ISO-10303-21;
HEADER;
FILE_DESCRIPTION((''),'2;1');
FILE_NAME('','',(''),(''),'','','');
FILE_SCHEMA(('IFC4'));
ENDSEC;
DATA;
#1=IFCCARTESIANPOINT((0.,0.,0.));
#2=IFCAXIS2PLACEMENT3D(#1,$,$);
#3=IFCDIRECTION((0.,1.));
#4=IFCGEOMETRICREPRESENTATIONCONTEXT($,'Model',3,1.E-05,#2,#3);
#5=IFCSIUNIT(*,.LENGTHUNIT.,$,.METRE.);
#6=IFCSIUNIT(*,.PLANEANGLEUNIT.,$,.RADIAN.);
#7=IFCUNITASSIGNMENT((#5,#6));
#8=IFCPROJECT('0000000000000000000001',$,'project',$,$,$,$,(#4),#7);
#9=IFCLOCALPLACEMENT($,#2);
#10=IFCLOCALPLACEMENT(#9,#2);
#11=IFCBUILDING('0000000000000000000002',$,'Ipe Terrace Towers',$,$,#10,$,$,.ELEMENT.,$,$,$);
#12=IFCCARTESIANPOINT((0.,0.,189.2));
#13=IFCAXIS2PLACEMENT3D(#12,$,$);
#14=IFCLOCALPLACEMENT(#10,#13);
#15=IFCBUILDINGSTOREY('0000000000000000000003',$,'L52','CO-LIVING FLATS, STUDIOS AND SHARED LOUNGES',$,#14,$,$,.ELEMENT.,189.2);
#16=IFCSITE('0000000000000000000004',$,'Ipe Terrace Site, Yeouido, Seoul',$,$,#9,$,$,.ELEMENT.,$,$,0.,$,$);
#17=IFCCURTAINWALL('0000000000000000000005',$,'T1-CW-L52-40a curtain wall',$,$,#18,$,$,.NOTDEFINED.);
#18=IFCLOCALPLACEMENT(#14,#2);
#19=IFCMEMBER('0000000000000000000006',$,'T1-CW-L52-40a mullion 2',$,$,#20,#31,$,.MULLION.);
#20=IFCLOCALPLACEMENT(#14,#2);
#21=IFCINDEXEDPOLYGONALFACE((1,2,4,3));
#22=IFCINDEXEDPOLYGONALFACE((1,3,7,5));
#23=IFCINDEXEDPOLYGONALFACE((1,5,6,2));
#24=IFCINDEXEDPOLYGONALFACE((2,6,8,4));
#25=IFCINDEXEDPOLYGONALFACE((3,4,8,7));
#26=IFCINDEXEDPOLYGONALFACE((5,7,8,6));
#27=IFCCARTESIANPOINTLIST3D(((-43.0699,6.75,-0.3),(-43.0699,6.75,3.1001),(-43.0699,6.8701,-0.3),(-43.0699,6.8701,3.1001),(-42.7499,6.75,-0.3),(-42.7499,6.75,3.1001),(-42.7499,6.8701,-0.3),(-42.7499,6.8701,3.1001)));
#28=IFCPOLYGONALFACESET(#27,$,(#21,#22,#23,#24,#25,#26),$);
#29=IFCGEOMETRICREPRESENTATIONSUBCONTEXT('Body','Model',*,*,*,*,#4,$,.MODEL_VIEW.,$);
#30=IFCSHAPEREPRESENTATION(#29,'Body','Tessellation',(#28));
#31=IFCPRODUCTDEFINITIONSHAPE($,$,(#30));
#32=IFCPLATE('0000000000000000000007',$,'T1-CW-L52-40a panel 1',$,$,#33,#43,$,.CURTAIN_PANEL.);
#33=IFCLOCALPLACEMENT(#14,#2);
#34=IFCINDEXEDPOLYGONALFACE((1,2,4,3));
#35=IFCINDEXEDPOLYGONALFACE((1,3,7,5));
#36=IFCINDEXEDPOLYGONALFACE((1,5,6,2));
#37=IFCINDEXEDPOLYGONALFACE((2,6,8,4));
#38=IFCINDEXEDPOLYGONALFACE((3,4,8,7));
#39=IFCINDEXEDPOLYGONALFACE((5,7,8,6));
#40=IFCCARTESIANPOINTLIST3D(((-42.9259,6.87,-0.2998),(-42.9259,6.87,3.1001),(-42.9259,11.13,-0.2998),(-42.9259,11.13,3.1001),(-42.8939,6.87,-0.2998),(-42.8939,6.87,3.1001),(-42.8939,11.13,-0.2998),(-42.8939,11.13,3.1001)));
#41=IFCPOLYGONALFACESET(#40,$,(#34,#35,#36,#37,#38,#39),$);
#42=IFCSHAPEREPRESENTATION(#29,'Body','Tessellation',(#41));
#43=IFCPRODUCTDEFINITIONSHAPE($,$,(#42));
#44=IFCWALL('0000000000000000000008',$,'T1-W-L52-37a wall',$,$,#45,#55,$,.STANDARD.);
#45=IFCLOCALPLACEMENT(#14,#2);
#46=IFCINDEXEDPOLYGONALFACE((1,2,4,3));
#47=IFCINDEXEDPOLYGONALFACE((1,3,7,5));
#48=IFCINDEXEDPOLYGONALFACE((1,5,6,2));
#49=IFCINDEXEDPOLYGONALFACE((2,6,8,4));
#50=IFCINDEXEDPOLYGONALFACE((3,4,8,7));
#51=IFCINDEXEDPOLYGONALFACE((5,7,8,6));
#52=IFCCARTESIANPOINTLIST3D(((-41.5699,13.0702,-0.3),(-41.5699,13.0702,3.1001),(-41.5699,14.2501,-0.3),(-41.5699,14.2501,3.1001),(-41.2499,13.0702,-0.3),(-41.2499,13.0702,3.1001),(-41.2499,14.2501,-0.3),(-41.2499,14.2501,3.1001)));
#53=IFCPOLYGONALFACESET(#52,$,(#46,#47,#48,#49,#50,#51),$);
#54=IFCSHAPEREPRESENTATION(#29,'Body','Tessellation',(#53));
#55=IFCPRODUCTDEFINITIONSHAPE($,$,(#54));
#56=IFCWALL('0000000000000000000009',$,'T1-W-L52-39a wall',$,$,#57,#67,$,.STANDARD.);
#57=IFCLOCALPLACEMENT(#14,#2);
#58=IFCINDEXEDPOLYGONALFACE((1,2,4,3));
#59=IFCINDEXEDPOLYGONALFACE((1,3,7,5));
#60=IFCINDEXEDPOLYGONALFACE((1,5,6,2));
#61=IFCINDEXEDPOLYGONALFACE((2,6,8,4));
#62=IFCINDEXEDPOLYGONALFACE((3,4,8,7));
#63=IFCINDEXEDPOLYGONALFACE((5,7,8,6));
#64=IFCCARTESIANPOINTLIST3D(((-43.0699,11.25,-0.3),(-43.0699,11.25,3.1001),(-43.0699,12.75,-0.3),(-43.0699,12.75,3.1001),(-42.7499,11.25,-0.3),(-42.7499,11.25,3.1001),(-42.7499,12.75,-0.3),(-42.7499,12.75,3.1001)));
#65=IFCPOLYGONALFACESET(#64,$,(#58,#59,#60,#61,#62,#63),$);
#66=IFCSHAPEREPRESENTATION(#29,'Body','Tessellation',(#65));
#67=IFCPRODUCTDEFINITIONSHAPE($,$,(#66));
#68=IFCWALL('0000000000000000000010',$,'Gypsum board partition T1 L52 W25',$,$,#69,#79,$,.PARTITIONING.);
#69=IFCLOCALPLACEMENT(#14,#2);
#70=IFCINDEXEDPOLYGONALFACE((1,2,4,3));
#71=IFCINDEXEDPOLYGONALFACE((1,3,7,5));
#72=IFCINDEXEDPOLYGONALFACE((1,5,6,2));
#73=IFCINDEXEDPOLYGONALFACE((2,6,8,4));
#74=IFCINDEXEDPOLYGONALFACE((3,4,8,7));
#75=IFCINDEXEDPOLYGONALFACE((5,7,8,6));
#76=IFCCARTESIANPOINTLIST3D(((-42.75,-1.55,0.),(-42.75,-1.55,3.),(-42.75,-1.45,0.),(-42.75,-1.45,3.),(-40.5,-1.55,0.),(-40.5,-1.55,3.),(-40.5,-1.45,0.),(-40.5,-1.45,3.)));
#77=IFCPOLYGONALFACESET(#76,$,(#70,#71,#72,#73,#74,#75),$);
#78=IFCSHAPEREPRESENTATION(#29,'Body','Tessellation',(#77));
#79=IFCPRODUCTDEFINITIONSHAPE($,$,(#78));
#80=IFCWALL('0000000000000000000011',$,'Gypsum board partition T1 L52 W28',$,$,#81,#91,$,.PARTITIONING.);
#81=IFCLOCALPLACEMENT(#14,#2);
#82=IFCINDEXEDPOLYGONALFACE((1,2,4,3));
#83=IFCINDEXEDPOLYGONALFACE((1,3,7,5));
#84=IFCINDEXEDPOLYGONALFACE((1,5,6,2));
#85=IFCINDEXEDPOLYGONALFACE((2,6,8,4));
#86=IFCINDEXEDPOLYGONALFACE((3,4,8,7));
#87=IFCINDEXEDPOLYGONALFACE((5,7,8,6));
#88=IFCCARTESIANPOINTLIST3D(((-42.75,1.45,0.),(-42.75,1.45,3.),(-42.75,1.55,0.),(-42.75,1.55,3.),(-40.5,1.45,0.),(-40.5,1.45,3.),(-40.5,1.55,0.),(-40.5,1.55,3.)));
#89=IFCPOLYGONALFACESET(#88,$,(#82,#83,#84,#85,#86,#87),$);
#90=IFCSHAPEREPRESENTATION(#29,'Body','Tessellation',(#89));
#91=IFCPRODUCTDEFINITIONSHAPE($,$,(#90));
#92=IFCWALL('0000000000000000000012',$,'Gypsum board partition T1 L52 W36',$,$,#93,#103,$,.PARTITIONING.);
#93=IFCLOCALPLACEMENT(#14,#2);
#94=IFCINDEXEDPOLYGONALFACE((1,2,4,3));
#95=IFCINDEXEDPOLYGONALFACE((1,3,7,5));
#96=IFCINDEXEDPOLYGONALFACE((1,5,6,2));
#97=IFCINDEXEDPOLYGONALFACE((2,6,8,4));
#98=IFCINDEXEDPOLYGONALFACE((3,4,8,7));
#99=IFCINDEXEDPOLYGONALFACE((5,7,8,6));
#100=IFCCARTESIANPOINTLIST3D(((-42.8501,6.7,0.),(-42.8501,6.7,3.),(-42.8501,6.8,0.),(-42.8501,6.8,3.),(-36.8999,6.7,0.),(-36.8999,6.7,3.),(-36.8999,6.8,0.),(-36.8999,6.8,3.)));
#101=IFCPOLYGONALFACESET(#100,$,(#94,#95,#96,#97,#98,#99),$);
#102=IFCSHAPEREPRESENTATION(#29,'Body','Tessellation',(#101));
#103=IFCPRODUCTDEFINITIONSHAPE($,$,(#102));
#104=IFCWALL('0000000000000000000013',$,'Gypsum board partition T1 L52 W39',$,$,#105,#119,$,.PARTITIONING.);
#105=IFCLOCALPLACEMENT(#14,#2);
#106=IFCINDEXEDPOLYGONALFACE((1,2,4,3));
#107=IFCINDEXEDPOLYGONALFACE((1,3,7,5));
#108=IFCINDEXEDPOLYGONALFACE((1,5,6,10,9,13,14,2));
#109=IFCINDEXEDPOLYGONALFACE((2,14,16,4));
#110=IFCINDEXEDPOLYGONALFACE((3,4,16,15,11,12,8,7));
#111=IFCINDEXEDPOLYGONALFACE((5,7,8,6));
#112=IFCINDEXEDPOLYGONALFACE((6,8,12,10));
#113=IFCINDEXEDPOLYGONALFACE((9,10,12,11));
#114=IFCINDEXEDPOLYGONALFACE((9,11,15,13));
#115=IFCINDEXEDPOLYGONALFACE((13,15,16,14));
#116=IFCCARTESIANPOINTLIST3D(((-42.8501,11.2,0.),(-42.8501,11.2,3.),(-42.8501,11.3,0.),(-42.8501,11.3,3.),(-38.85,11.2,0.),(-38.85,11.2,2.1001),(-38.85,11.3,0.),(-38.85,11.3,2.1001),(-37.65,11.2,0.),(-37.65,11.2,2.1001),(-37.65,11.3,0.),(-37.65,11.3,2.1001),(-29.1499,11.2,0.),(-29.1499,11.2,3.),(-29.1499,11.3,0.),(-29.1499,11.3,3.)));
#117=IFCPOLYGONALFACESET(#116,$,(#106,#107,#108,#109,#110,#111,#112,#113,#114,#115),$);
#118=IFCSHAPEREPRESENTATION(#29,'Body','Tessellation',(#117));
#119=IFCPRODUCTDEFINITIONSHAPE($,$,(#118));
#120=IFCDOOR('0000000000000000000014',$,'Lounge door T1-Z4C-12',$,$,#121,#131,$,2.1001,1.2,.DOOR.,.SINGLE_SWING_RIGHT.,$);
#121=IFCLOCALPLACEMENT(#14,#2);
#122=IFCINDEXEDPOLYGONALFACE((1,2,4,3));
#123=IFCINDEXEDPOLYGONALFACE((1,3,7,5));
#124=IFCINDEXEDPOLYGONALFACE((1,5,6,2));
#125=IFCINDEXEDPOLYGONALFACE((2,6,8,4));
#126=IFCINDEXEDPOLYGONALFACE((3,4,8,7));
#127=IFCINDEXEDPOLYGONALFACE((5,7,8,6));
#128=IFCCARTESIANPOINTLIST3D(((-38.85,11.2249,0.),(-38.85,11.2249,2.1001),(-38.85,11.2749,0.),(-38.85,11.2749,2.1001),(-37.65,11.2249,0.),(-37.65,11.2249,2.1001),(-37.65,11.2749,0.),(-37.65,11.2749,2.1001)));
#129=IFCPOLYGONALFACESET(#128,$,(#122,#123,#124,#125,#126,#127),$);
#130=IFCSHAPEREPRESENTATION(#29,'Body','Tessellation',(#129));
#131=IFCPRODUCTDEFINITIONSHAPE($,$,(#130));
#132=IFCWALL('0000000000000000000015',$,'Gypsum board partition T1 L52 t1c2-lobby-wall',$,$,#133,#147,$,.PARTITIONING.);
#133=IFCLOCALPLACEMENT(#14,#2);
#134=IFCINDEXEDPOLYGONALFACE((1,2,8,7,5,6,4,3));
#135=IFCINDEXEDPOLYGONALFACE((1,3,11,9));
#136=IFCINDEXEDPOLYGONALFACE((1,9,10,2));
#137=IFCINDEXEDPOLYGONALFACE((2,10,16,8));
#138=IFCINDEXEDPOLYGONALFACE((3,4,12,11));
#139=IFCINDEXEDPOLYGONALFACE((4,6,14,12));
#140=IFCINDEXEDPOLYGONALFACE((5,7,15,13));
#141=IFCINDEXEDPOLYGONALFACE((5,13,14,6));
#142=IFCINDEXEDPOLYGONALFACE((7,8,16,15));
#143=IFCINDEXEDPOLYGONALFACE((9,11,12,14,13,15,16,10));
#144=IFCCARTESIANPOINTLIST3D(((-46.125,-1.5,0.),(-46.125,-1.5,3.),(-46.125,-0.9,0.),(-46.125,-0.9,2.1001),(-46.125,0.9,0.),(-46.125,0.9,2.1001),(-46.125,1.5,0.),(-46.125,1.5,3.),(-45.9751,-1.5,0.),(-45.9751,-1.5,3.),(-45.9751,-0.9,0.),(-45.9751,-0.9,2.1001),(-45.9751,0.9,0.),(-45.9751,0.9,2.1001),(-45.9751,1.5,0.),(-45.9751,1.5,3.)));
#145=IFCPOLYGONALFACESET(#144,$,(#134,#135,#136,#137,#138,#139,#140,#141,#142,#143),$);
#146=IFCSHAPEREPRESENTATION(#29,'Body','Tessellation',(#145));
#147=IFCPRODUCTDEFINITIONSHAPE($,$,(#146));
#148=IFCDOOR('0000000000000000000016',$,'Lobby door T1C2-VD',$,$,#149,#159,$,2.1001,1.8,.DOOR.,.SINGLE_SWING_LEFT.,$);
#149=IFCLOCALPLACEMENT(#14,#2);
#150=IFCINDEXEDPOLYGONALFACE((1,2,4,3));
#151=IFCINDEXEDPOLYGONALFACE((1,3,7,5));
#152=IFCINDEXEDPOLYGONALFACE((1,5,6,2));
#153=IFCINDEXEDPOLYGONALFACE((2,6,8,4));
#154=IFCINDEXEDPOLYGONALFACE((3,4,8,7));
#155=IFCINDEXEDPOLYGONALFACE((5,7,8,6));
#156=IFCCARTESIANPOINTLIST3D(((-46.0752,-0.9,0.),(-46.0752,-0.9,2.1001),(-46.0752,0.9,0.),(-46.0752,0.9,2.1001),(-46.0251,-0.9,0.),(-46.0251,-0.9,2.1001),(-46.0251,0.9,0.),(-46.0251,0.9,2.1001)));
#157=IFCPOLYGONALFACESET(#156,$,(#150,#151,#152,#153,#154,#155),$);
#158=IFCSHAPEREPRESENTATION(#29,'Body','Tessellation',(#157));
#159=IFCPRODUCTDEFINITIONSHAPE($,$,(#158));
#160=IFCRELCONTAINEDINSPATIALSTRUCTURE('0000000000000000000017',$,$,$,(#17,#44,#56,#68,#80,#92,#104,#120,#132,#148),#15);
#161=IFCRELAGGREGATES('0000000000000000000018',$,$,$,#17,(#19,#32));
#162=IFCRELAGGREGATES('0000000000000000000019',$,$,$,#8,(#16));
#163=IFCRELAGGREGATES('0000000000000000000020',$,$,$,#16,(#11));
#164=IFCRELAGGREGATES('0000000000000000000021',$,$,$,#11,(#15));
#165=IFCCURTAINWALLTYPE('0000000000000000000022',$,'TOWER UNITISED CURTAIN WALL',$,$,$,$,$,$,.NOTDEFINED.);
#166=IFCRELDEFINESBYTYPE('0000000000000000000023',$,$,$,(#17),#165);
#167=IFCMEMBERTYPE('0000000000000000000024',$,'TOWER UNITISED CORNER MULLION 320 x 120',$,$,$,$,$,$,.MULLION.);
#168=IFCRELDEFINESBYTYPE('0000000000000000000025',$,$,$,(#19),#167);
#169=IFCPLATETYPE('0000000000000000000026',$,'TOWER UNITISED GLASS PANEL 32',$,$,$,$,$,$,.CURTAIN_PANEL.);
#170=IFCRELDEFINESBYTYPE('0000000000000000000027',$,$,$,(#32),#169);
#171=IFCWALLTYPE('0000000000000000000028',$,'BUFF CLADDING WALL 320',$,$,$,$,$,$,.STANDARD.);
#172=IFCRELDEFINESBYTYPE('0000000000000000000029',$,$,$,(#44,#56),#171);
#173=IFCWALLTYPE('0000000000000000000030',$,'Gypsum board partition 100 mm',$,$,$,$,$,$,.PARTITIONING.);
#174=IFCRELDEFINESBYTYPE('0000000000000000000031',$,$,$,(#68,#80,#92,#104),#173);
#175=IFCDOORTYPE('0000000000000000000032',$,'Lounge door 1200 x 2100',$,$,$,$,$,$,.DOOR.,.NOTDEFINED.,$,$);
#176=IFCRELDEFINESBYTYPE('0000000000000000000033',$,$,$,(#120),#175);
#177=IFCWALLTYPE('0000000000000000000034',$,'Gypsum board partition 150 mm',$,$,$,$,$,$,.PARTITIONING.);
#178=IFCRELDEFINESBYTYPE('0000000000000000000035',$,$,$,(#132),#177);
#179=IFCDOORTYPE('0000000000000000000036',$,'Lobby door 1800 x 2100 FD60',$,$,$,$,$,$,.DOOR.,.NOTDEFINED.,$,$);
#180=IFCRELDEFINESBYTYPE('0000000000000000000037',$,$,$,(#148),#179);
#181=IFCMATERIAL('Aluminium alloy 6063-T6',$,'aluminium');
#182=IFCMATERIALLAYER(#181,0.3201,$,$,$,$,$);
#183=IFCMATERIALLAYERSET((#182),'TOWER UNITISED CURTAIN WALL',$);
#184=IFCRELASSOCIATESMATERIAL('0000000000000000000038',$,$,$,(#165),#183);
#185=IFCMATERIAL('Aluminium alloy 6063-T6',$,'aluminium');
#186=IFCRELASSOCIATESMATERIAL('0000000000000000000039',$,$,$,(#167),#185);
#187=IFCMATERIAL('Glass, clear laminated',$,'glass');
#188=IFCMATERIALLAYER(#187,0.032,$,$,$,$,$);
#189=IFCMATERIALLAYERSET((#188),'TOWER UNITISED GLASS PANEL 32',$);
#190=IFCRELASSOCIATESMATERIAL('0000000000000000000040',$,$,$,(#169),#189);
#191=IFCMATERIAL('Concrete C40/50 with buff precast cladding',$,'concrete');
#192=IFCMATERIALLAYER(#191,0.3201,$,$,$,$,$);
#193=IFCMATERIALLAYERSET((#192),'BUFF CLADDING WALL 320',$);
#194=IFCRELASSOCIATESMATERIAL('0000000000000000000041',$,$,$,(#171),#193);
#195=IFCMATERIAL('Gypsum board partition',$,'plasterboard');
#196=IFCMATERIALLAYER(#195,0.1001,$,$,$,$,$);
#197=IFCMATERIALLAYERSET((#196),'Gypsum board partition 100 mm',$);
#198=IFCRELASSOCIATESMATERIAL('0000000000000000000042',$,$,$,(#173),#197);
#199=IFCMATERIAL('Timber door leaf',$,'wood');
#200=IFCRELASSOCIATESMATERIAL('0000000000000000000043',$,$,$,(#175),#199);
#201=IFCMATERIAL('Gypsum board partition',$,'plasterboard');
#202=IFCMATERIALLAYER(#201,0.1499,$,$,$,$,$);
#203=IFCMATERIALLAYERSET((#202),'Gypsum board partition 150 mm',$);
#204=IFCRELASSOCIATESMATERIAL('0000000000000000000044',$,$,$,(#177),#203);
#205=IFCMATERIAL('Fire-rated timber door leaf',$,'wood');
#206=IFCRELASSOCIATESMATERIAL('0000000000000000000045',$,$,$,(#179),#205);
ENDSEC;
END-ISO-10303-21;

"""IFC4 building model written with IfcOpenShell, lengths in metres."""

from ifc_helpers import new_model, si_unit, direction, frame, frame_2d, origin, origin_2d, place, context, subcontext, project, spatial, rectangle, extrude, material, layer, layer_set, material_profile, profile_set, type_object, element, fill, aggregate, save


model = new_model("IFC4")

# Units and contexts
model_context = context("Model", 3, precision=1e-05, world=origin(), true_north=direction((0.0, 1.0)))
body_context = subcontext(model_context, "Body", "Model", "MODEL_VIEW")
ifc_project = project(units=[si_unit("LENGTHUNIT", "METRE"), si_unit("PLANEANGLEUNIT", "RADIAN")], contexts=[model_context])

# Site, building, storey
site_placement = place(None, origin())
site = spatial("IfcSite", under=ifc_project, at=site_placement, Name="Ipe Terrace Site, Yeouido, Seoul", CompositionType="ELEMENT", RefElevation=0.0)
building_placement = place(site_placement, origin())
building = spatial("IfcBuilding", under=site, at=building_placement, Name="Ipe Terrace Towers", CompositionType="ELEMENT")
storey_placement = place(building_placement, frame((0.0, 0.0, 189.2)))
storey = spatial("IfcBuildingStorey", under=building, at=storey_placement, Name="L52", Description="CO-LIVING FLATS, STUDIOS AND SHARED LOUNGES", CompositionType="ELEMENT", Elevation=189.2)

# Curtain wall, member, plate
ifc_material_1 = material(Name="Aluminium alloy 6063-T6", Category="aluminium")
ifc_layer_1 = layer(ifc_material_1, 0.3201)
ifc_layer_set_1 = layer_set([ifc_layer_1], Name="TOWER UNITISED CURTAIN WALL")
curtain_wall_type = type_object("IfcCurtainWallType", Name="TOWER UNITISED CURTAIN WALL", PredefinedType="NOTDEFINED", material=ifc_layer_set_1)
curtain_wall_placement = place(storey_placement, origin())
curtain_wall = element("IfcCurtainWall", 1, at=curtain_wall_placement, inside=storey, type_object=curtain_wall_type, Name="T1-CW-L52-40a curtain wall", PredefinedType="NOTDEFINED")
ifc_material_2 = material(Name="Aluminium alloy 6063-T6", Category="aluminium")
ifc_material_profile_1 = material_profile(ifc_material_2, rectangle(XDim=0.3201, YDim=0.1201, at=origin_2d()), Name="TOWER UNITISED CORNER MULLION 320 x 120")
ifc_profile_set_1 = profile_set([ifc_material_profile_1], Name="Aluminium alloy 6063-T6")
member_type = type_object("IfcMemberType", Name="TOWER UNITISED CORNER MULLION 320 x 120", PredefinedType="MULLION", material=ifc_profile_set_1)
member_1_placement = place(storey_placement, frame((-42.9099, 6.8101, -0.3), z_axis=(0.0, 0.0, 1.0), x_axis=(-1.0, 0.0, 0.0)))
member_1 = element("IfcMember", 2, at=member_1_placement, type_object=member_type, Name="T1-CW-L52-40a mullion 2", PredefinedType="MULLION", context=body_context, shape_type="SweptSolid", body=[
    extrude(rectangle(XDim=0.3201, YDim=0.1201, at=origin_2d()), origin(), (0.0, 0.0, 1.0), 3.4001),
])
ifc_material_3 = material(Name="Glass, clear laminated", Category="glass")
ifc_layer_2 = layer(ifc_material_3, 0.032)
ifc_layer_set_2 = layer_set([ifc_layer_2], Name="TOWER UNITISED GLASS PANEL 32")
plate_type = type_object("IfcPlateType", Name="TOWER UNITISED GLASS PANEL 32", PredefinedType="CURTAIN_PANEL", material=ifc_layer_set_2)
plate_placement = place(storey_placement, frame((-42.9099, 9.0, -0.2998), z_axis=(0.0, 0.0, 1.0), x_axis=(0.0, -1.0, 0.0)))
plate = element("IfcPlate", 3, at=plate_placement, type_object=plate_type, Name="T1-CW-L52-40a panel 1", PredefinedType="CURTAIN_PANEL", context=body_context, shape_type="SweptSolid", body=[
    extrude(rectangle(XDim=4.26, YDim=0.032, at=origin_2d()), origin(), (0.0, 0.0, 1.0), 3.3999),
])
aggregate(curtain_wall, [member_1, plate])

# Walls
ifc_material_4 = material(Name="Concrete C40/50 with buff precast cladding", Category="concrete")
ifc_layer_3 = layer(ifc_material_4, 0.3201)
ifc_layer_set_3 = layer_set([ifc_layer_3], Name="BUFF CLADDING WALL 320")
wall_type_1 = type_object("IfcWallType", Name="BUFF CLADDING WALL 320", PredefinedType="STANDARD", material=ifc_layer_set_3)
wall_1_placement = place(storey_placement, frame((-41.4099, 14.25, -0.3), z_axis=(0.0, 0.0, 1.0), x_axis=(0.0, -1.0, 0.0)))
element("IfcWall", 4, at=wall_1_placement, inside=storey, type_object=wall_type_1, Name="T1-W-L52-37a wall", PredefinedType="STANDARD", context=body_context, shape_type="SweptSolid", body=[
    extrude(rectangle(XDim=1.1799, YDim=0.3201, at=frame_2d((0.5898, 0.0))), origin(), (0.0, 0.0, 1.0), 3.4001),
])
wall_2_placement = place(storey_placement, frame((-42.9099, 12.75, -0.3), z_axis=(0.0, 0.0, 1.0), x_axis=(0.0, -1.0, 0.0)))
element("IfcWall", 5, at=wall_2_placement, inside=storey, type_object=wall_type_1, Name="T1-W-L52-39a wall", PredefinedType="STANDARD", context=body_context, shape_type="SweptSolid", body=[
    extrude(rectangle(XDim=1.5, YDim=0.3201, at=frame_2d((0.75, 0.0))), origin(), (0.0, 0.0, 1.0), 3.4001),
])
ifc_material_5 = material(Name="Gypsum board partition", Category="plasterboard")
ifc_layer_4 = layer(ifc_material_5, 0.1001)
ifc_layer_set_4 = layer_set([ifc_layer_4], Name="Gypsum board partition 100 mm")
wall_type_2 = type_object("IfcWallType", Name="Gypsum board partition 100 mm", PredefinedType="PARTITIONING", material=ifc_layer_set_4)
for number, where, z_axis, x_axis, name in (
    (6, (-42.75, -1.5, 0.0), (0.0, 0.0, 1.0), (1.0, 0.0, 0.0), "Gypsum board partition T1 L52 W25"),
    (7, (-42.75, 1.5, 0.0), (0.0, 0.0, 1.0), (1.0, 0.0, 0.0), "Gypsum board partition T1 L52 W28"),
):
    element("IfcWall", number, at=place(storey_placement, frame(where, z_axis=z_axis, x_axis=x_axis)), inside=storey, type_object=wall_type_2, Name=name, PredefinedType="PARTITIONING", context=body_context, shape_type="SweptSolid", body=[
        extrude(rectangle(XDim=2.25, YDim=0.1001, at=frame_2d((1.125, 0.0))), origin(), (0.0, 0.0, 1.0), 3.0),
    ])
wall_3_placement = place(storey_placement, frame((-42.8501, 6.75, 0.0), z_axis=(0.0, 0.0, 1.0), x_axis=(1.0, 0.0, 0.0)))
element("IfcWall", 8, at=wall_3_placement, inside=storey, type_object=wall_type_2, Name="Gypsum board partition T1 L52 W36", PredefinedType="PARTITIONING", context=body_context, shape_type="SweptSolid", body=[
    extrude(rectangle(XDim=5.9502, YDim=0.1001, at=frame_2d((2.9751, 0.0))), origin(), (0.0, 0.0, 1.0), 3.0),
])

# Walls, openings, doors
wall_4_placement = place(storey_placement, frame((-42.8501, 11.25, 0.0), z_axis=(0.0, 0.0, 1.0), x_axis=(1.0, 0.0, 0.0)))
wall_4 = element("IfcWall", 9, at=wall_4_placement, inside=storey, type_object=wall_type_2, Name="Gypsum board partition T1 L52 W39", PredefinedType="PARTITIONING", context=body_context, shape_type="SweptSolid", body=[
    extrude(rectangle(XDim=13.7002, YDim=0.1001, at=frame_2d((6.8501, 0.0))), origin(), (0.0, 0.0, 1.0), 3.0),
])
opening_1_placement = place(wall_4_placement, frame((4.0, 0.0, 0.0)))
opening_1 = element("IfcOpeningElement", 10, at=opening_1_placement, cuts=wall_4, PredefinedType="OPENING", context=body_context, shape_type="SweptSolid", body=[
    extrude(rectangle(XDim=1.2, YDim=2.1001, at=frame_2d((0.6001, 1.05))), frame((0.0, 0.0601, 0.0), z_axis=(0.0, -1.0, 0.0), x_axis=(1.0, 0.0, 0.0)), (0.0, 0.0, 1.0), 0.1201),
])
ifc_material_6 = material(Name="Timber door leaf", Category="wood")
door_type_1 = type_object("IfcDoorType", Name="Lounge door 1200 x 2100", OperationType="NOTDEFINED", PredefinedType="DOOR", material=ifc_material_6)
door_1_placement = place(opening_1_placement, origin())
door_1 = element("IfcDoor", 11, at=door_1_placement, inside=storey, type_object=door_type_1, Name="Lounge door T1-Z4C-12", OperationType="SINGLE_SWING_RIGHT", OverallHeight=2.1001, OverallWidth=1.2, PredefinedType="DOOR", context=body_context, shape_type="SweptSolid", body=[
    extrude(rectangle(XDim=1.2, YDim=2.1001, at=frame_2d((0.6001, 1.05))), frame((0.0, 0.0249, 0.0), z_axis=(0.0, -1.0, 0.0), x_axis=(1.0, 0.0, 0.0)), (0.0, 0.0, 1.0), 0.05),
])
fill(opening_1, door_1)
ifc_material_7 = material(Name="Gypsum board partition", Category="plasterboard")
ifc_layer_5 = layer(ifc_material_7, 0.1499)
ifc_layer_set_5 = layer_set([ifc_layer_5], Name="Gypsum board partition 150 mm")
wall_type_3 = type_object("IfcWallType", Name="Gypsum board partition 150 mm", PredefinedType="PARTITIONING", material=ifc_layer_set_5)
wall_5_placement = place(storey_placement, frame((-46.05, 1.5, 0.0), z_axis=(0.0, 0.0, 1.0), x_axis=(0.0, -1.0, 0.0)))
wall_5 = element("IfcWall", 12, at=wall_5_placement, inside=storey, type_object=wall_type_3, Name="Gypsum board partition T1 L52 t1c2-lobby-wall", PredefinedType="PARTITIONING", context=body_context, shape_type="SweptSolid", body=[
    extrude(rectangle(XDim=3.0, YDim=0.1499, at=frame_2d((1.5, 0.0))), origin(), (0.0, 0.0, 1.0), 3.0),
])
opening_2_placement = place(wall_5_placement, frame((0.6001, 0.0, 0.0)))
opening_2 = element("IfcOpeningElement", 13, at=opening_2_placement, cuts=wall_5, PredefinedType="OPENING", context=body_context, shape_type="SweptSolid", body=[
    extrude(rectangle(XDim=1.8, YDim=2.1001, at=frame_2d((0.8999, 1.05))), frame((0.0, 0.085, 0.0), z_axis=(0.0, -1.0, 0.0), x_axis=(1.0, 0.0, 0.0)), (0.0, 0.0, 1.0), 0.1699),
])
ifc_material_8 = material(Name="Fire-rated timber door leaf", Category="wood")
door_type_2 = type_object("IfcDoorType", Name="Lobby door 1800 x 2100 FD60", OperationType="NOTDEFINED", PredefinedType="DOOR", material=ifc_material_8)
door_2_placement = place(opening_2_placement, origin())
door_2 = element("IfcDoor", 14, at=door_2_placement, inside=storey, type_object=door_type_2, Name="Lobby door T1C2-VD", OperationType="SINGLE_SWING_LEFT", OverallHeight=2.1001, OverallWidth=1.8, PredefinedType="DOOR", context=body_context, shape_type="SweptSolid", body=[
    extrude(rectangle(XDim=1.8, YDim=2.1001, at=frame_2d((0.8999, 1.05))), frame((0.0, 0.0249, 0.0), z_axis=(0.0, -1.0, 0.0), x_axis=(1.0, 0.0, 0.0)), (0.0, 0.0, 1.0), 0.05),
])
fill(opening_2, door_2)

save(model, "model.ifc")
